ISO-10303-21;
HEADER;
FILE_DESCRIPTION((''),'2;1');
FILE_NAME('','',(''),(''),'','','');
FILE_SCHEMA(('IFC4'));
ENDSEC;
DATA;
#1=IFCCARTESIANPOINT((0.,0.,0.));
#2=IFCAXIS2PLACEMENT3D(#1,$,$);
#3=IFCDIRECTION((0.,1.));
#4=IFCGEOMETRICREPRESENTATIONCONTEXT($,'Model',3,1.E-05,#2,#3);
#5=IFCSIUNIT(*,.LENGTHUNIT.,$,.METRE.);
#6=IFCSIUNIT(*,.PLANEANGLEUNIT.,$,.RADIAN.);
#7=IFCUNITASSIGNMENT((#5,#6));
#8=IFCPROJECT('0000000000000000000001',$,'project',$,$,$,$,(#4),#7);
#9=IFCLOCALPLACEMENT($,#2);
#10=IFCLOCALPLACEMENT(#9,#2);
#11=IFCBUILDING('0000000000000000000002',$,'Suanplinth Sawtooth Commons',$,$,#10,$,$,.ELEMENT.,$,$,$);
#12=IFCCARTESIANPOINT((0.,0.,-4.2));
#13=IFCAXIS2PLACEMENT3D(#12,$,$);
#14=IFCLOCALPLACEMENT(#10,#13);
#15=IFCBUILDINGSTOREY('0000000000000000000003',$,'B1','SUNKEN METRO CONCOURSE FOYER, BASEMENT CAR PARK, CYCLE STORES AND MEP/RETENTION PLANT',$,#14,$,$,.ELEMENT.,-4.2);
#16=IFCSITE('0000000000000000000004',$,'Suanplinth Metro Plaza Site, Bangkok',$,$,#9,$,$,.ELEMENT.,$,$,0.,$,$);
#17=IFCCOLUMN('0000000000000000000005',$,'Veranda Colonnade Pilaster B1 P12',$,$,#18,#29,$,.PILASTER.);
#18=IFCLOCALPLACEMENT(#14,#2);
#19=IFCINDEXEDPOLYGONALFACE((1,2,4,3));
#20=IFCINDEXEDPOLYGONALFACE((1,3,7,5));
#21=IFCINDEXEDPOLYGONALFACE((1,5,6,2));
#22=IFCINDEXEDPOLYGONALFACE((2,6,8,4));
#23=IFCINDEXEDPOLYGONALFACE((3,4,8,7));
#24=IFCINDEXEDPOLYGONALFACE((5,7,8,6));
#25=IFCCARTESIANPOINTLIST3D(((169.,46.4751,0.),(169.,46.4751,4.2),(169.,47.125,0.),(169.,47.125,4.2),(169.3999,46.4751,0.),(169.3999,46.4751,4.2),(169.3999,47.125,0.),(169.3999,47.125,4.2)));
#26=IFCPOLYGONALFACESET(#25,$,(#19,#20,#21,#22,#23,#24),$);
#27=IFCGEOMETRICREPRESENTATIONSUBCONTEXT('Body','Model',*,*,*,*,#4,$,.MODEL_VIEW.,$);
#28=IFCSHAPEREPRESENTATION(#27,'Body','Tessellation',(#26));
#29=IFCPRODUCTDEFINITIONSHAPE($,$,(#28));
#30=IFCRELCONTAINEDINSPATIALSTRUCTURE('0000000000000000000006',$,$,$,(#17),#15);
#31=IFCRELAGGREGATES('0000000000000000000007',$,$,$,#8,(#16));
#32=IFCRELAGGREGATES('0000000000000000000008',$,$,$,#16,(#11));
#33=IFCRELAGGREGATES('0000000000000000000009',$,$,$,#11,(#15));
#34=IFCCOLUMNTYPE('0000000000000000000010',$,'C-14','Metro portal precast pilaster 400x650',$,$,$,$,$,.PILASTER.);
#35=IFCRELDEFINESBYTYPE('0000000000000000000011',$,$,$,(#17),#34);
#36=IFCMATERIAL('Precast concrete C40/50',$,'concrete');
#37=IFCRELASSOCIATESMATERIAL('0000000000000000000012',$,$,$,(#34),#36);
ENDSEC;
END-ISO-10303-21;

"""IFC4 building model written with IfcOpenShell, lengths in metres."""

from ifc_helpers import new_model, si_unit, direction, frame, origin, origin_2d, place, context, subcontext, project, spatial, rectangle, extrude, material, material_profile, profile_set, type_object, element, save


model = new_model("IFC4")

# Units and contexts
model_context = context("Model", 3, precision=1e-05, world=origin(), true_north=direction((0.0, 1.0)))
body_context = subcontext(model_context, "Body", "Model", "MODEL_VIEW")
ifc_project = project(units=[si_unit("LENGTHUNIT", "METRE"), si_unit("PLANEANGLEUNIT", "RADIAN")], contexts=[model_context])

# Site, building, storey
site_placement = place(None, origin())
site = spatial("IfcSite", under=ifc_project, at=site_placement, Name="Suanplinth Metro Plaza Site, Bangkok", CompositionType="ELEMENT", RefElevation=0.0)
building_placement = place(site_placement, origin())
building = spatial("IfcBuilding", under=site, at=building_placement, Name="Suanplinth Sawtooth Commons", CompositionType="ELEMENT")
storey_placement = place(building_placement, frame((0.0, 0.0, -4.2)))
storey = spatial("IfcBuildingStorey", under=building, at=storey_placement, Name="B1", Description="SUNKEN METRO CONCOURSE FOYER, BASEMENT CAR PARK, CYCLE STORES AND MEP/RETENTION PLANT", CompositionType="ELEMENT", Elevation=-4.2)

# Column
ifc_material_1 = material(Name="Precast concrete C40/50", Category="concrete")
ifc_material_profile_1 = material_profile(ifc_material_1, rectangle(XDim=0.3999, YDim=0.6499, at=origin_2d()), Name="PC-PIL 400x650")
ifc_profile_set_1 = profile_set([ifc_material_profile_1], Name="Precast concrete C40/50")
column_type_1 = type_object("IfcColumnType", Name="C-14", Description="Metro portal precast pilaster 400x650", PredefinedType="PILASTER", material=ifc_profile_set_1)
column_placement = place(storey_placement, frame((169.2, 46.8, 0.0), z_axis=(0.0, 0.0, 1.0), x_axis=(1.0, 0.0, 0.0)))
element("IfcColumn", 1, at=column_placement, inside=storey, type_object=column_type_1, Name="Veranda Colonnade Pilaster B1 P12", PredefinedType="PILASTER", context=body_context, shape_type="SweptSolid", body=[
    extrude(rectangle(XDim=0.3999, YDim=0.6499, at=origin_2d()), origin(), (0.0, 0.0, 1.0), 4.2),
])

save(model, "model.ifc")
